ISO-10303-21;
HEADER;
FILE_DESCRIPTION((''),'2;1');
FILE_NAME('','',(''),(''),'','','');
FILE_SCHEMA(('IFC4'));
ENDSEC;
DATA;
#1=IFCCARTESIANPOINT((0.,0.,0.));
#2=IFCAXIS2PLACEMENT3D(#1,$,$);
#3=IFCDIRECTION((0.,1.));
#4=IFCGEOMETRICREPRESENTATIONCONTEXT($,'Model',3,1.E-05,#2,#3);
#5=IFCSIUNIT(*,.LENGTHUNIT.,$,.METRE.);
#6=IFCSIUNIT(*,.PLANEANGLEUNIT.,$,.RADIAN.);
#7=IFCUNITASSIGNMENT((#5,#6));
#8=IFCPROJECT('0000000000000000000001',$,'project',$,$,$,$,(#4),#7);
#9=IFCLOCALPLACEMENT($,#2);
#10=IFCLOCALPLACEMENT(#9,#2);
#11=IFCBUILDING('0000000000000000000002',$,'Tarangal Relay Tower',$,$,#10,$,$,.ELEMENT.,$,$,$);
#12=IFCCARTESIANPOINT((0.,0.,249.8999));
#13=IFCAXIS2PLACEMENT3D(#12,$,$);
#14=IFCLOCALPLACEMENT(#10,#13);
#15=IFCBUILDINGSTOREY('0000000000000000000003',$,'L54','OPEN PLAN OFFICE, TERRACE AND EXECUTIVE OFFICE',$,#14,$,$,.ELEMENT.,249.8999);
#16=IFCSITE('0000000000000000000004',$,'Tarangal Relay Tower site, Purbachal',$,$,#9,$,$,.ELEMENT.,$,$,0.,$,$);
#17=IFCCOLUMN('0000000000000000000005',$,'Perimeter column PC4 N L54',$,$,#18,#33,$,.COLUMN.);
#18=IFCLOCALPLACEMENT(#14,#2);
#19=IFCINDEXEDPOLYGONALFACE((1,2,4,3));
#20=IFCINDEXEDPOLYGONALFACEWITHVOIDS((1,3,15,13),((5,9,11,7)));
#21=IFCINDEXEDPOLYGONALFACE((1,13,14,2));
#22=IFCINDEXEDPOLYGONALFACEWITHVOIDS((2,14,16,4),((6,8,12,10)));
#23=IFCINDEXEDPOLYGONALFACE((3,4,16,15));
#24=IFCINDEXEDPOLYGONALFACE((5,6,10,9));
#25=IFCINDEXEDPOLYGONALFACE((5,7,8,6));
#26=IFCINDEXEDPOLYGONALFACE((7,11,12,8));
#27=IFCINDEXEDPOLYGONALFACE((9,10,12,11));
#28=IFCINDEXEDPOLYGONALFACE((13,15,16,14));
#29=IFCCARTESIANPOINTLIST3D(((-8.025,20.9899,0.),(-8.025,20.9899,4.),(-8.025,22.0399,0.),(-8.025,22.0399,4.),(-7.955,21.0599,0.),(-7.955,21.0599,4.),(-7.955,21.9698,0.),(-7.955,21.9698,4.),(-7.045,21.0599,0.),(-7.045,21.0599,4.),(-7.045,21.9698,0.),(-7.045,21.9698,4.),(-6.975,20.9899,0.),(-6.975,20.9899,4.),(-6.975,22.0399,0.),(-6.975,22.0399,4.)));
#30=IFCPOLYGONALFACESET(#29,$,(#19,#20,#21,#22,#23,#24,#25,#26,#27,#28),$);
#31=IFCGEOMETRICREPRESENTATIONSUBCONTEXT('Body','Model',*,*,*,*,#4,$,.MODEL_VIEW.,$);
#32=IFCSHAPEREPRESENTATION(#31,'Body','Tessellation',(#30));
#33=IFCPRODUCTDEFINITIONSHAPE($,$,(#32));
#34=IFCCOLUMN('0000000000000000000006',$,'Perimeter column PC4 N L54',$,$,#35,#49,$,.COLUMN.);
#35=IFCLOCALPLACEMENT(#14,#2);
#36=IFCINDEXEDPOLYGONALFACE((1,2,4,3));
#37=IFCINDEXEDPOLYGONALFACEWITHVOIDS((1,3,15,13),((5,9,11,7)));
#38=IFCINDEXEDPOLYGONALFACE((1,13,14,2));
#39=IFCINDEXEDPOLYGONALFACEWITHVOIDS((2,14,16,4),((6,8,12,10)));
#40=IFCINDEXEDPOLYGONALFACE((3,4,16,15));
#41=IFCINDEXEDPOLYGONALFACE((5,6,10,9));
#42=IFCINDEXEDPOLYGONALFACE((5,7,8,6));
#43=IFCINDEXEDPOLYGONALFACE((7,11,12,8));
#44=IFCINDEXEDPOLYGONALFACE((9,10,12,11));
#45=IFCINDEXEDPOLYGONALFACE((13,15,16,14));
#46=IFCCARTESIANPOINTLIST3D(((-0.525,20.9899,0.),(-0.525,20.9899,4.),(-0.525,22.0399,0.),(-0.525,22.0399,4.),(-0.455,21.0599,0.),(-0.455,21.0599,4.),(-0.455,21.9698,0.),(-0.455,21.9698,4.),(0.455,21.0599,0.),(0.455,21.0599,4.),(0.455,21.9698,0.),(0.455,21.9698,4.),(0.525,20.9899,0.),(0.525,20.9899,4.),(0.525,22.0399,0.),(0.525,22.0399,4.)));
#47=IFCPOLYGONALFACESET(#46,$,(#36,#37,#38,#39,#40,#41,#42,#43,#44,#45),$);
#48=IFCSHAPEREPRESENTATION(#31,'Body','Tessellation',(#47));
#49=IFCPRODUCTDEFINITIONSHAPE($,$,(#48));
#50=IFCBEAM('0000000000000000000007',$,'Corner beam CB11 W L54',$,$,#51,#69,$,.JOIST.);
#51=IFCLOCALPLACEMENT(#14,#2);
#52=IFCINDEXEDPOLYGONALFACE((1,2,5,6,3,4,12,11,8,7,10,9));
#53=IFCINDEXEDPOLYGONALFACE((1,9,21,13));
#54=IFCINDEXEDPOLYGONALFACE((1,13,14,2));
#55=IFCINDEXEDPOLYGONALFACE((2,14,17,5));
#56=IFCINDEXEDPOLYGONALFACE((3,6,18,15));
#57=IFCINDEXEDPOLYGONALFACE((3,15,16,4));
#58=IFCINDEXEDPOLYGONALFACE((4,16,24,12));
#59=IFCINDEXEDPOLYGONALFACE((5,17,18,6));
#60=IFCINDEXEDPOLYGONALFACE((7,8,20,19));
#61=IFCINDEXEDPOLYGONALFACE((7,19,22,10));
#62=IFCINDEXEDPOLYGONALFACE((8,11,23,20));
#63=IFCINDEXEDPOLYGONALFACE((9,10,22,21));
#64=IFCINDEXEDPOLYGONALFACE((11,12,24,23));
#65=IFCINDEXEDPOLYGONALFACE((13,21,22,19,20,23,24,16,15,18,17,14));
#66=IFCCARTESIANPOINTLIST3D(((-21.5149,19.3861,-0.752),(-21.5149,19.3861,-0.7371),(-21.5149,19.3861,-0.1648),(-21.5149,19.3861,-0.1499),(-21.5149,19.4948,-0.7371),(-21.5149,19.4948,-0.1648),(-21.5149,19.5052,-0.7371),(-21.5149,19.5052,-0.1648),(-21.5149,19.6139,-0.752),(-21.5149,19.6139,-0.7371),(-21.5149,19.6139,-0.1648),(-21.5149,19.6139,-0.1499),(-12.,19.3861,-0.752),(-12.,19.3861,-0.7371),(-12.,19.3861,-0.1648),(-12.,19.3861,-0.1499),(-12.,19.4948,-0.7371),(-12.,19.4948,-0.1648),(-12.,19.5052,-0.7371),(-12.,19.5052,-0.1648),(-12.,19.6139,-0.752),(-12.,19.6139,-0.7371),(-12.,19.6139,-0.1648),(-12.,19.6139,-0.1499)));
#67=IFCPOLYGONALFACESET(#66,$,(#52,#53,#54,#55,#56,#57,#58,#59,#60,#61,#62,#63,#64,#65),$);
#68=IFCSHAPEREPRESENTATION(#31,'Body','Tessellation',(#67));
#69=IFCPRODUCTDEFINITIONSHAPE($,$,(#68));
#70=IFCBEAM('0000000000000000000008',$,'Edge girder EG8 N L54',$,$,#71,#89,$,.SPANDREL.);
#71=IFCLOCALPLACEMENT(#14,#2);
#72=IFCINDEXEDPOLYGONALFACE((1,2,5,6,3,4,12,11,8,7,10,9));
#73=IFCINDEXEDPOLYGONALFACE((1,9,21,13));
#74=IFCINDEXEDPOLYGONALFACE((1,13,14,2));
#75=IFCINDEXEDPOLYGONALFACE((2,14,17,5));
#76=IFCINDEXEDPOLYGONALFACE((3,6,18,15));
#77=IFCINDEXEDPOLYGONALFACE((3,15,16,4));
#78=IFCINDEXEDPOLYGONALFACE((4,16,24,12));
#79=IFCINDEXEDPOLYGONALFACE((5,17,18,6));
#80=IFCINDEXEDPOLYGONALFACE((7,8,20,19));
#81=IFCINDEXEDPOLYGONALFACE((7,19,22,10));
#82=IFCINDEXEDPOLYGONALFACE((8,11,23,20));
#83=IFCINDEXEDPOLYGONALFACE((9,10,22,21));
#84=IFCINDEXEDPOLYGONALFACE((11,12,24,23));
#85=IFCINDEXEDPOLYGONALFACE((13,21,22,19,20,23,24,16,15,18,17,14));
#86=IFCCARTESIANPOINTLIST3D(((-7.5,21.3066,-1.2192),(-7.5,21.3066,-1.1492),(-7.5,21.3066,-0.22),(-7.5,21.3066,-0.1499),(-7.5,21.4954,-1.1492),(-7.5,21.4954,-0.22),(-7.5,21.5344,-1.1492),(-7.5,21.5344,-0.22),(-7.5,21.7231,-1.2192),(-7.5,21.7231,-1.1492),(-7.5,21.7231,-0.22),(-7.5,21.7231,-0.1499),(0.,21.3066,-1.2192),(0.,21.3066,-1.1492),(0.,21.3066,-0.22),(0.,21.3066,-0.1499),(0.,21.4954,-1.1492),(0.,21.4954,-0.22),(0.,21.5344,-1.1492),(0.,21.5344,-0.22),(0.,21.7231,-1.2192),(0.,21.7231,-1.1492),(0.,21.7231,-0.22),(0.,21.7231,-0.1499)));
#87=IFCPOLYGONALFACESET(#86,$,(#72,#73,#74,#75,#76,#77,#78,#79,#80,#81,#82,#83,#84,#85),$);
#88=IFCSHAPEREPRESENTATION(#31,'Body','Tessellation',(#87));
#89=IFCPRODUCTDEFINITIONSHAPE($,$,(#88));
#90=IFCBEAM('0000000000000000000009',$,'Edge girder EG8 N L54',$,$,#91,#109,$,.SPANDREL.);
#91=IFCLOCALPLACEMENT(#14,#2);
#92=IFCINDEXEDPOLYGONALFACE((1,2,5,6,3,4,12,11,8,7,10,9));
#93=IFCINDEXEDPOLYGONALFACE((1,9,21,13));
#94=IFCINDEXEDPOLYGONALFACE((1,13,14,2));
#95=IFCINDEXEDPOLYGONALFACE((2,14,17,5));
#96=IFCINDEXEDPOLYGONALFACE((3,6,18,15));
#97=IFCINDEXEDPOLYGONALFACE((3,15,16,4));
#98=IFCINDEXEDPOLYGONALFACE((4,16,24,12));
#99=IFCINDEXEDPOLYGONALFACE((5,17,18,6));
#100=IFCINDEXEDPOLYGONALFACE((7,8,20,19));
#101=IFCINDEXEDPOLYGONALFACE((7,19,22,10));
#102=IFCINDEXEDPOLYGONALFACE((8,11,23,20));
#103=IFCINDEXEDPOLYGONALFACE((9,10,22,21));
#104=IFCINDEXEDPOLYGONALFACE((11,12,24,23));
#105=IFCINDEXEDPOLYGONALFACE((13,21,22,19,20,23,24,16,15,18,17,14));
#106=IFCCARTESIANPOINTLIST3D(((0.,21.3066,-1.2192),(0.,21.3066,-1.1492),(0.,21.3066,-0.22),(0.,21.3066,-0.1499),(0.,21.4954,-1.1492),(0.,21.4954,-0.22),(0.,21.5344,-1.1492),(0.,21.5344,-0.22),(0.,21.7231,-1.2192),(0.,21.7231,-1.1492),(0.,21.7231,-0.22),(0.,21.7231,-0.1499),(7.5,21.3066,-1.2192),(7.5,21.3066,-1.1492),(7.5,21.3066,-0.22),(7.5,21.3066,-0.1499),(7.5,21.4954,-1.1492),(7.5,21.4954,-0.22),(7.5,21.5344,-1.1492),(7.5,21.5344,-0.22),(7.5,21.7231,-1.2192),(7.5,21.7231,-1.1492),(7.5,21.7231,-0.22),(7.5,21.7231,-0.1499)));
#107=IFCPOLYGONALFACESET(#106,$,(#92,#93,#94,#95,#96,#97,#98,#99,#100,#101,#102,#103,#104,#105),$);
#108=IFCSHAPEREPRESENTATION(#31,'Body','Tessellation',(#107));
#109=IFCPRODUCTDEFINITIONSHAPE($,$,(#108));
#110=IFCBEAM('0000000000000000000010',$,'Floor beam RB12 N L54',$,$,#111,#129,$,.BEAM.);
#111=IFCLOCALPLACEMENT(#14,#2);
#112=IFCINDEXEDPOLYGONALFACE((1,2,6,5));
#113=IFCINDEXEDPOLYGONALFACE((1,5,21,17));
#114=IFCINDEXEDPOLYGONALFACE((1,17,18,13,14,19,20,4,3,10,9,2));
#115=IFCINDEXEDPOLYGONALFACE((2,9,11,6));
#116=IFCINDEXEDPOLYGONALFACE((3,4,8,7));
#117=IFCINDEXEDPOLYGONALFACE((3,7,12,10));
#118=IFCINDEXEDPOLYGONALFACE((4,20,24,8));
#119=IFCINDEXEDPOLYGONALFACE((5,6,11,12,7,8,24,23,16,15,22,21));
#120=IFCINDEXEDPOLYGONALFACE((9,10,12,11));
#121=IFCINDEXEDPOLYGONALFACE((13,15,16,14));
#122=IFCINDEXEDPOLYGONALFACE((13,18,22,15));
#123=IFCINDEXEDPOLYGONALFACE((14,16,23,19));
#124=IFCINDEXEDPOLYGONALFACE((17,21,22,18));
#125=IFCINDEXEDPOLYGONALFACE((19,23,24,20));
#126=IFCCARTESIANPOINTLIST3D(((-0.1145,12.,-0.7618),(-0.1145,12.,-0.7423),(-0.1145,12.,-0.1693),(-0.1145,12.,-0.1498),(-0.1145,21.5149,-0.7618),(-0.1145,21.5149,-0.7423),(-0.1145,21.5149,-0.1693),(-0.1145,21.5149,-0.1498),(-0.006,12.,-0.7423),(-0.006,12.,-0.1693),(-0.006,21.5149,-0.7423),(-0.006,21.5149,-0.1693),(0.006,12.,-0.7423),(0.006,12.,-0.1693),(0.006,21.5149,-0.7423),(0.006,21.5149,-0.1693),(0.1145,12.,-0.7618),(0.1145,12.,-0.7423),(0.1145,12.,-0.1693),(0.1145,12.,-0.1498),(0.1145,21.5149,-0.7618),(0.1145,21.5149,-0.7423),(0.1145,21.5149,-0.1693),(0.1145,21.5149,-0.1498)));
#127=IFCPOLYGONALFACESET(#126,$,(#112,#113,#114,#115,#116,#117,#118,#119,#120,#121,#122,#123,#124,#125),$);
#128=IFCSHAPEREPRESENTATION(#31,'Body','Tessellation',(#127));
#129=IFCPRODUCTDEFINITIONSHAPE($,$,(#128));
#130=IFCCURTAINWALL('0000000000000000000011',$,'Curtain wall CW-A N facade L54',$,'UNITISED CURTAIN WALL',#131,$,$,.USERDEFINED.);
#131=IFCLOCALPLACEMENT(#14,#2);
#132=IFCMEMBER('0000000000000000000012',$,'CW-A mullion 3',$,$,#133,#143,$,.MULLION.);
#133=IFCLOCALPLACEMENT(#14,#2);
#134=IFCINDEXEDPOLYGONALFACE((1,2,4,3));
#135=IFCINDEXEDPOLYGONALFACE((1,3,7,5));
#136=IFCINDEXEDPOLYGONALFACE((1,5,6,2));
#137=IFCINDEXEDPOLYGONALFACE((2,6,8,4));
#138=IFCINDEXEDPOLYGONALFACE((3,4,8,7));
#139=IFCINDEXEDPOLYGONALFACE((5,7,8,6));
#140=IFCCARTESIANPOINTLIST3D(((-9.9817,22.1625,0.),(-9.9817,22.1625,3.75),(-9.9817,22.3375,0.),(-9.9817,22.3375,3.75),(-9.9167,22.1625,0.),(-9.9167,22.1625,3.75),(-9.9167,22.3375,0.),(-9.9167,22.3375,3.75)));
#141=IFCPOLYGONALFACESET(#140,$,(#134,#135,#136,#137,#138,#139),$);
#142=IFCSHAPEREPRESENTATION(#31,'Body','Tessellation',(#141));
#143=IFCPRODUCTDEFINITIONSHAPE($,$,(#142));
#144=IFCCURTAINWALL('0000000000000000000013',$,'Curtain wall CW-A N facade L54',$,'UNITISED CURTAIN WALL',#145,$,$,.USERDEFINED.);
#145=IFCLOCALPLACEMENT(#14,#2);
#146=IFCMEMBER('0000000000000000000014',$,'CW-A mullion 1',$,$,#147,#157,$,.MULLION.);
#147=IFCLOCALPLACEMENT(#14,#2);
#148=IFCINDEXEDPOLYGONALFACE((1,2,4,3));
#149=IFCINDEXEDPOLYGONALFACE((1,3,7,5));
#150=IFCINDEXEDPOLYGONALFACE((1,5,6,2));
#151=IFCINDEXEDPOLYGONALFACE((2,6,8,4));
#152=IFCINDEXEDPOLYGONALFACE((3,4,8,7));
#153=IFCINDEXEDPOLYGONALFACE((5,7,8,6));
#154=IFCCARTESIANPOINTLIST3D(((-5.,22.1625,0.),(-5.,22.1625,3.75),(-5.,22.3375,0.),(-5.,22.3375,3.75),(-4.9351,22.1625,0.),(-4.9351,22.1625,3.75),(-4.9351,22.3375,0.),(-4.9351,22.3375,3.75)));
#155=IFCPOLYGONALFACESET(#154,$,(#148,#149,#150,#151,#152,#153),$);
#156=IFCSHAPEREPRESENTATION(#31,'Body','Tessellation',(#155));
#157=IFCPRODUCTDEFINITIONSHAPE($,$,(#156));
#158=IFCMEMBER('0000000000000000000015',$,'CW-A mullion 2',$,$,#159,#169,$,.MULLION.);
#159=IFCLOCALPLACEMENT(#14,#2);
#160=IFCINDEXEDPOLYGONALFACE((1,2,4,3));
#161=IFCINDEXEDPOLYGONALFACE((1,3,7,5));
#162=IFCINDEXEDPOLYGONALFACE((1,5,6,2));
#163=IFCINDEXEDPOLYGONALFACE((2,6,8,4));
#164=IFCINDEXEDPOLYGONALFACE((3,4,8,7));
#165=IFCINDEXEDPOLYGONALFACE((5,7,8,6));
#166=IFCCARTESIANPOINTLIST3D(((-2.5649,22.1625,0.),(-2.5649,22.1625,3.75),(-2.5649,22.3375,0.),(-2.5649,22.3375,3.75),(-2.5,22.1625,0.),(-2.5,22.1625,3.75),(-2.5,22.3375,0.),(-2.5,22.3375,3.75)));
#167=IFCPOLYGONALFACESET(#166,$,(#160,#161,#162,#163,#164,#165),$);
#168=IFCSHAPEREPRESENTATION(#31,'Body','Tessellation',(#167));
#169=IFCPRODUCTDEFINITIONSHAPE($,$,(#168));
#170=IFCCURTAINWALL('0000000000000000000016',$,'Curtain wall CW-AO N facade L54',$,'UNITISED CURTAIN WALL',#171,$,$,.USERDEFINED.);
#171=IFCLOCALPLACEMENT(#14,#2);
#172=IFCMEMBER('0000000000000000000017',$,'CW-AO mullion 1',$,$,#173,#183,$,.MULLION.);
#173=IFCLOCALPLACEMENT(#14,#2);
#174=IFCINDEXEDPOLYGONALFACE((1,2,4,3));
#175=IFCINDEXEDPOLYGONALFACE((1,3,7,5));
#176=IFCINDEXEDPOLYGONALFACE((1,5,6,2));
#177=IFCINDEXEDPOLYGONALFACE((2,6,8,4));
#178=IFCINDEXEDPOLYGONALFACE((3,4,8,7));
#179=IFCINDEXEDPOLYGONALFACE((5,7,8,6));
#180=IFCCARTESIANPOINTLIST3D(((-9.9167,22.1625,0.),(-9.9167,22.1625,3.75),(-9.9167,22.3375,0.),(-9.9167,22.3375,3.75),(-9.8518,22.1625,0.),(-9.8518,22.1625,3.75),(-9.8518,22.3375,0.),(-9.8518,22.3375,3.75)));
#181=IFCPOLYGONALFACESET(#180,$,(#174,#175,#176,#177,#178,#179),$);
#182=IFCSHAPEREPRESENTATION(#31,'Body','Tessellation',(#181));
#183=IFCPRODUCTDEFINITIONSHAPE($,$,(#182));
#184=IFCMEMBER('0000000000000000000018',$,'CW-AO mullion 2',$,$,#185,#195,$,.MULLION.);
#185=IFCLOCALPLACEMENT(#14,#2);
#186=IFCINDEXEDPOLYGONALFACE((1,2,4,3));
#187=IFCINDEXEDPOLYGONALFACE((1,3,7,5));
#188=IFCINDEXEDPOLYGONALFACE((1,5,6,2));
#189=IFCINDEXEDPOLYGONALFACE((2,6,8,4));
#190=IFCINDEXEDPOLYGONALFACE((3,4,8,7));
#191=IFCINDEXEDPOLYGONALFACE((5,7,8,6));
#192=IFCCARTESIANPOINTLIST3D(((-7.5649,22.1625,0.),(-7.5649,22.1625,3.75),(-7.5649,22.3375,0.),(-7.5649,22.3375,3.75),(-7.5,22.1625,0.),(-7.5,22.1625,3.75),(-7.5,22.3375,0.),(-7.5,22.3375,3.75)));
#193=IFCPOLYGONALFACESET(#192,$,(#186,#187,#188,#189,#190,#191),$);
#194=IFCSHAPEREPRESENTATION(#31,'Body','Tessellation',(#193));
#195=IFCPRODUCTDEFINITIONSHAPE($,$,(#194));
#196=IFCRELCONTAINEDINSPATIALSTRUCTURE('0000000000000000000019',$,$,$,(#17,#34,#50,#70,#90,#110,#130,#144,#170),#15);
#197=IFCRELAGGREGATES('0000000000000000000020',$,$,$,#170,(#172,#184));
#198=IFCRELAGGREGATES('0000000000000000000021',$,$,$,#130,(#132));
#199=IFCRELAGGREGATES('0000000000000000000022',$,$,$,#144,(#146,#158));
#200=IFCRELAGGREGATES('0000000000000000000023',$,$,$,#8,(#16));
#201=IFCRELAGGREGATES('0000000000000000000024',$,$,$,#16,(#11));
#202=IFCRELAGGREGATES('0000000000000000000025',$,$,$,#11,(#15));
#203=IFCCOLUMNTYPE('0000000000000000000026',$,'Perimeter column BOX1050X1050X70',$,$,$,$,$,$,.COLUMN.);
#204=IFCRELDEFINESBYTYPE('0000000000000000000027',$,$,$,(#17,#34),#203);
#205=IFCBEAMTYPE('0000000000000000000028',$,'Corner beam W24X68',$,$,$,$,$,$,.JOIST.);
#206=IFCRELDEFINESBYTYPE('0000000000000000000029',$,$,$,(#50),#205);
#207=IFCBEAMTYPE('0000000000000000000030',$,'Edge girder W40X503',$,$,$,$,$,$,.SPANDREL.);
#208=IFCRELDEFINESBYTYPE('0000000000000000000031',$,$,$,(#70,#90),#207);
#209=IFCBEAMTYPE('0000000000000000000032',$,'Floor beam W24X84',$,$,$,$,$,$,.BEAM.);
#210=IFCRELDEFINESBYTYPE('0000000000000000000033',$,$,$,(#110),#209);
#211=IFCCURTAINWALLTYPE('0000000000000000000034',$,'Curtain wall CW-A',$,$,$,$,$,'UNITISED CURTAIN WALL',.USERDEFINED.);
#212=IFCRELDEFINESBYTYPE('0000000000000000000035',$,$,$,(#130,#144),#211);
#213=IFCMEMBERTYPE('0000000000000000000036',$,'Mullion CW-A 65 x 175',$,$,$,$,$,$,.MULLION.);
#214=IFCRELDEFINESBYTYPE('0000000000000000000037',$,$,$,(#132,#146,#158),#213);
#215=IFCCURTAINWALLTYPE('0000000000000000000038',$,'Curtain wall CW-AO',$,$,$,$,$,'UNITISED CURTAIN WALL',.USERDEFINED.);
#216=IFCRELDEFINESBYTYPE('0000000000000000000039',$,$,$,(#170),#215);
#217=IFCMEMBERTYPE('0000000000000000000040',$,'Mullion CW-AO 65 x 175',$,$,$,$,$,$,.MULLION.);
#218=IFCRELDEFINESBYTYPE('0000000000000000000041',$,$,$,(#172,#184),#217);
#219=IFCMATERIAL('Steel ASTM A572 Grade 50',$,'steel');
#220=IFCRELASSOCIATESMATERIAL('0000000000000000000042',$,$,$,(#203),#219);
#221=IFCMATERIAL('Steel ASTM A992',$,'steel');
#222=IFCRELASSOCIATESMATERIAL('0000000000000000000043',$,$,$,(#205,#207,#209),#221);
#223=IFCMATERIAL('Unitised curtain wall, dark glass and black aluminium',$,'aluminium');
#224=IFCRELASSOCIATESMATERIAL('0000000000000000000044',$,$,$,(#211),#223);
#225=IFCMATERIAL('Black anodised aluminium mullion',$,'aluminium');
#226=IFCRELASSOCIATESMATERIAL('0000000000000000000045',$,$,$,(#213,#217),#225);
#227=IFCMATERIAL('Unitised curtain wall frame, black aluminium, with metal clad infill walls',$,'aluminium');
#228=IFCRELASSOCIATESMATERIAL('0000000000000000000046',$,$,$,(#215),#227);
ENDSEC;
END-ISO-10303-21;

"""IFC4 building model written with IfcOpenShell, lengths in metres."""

from ifc_helpers import new_model, si_unit, direction, frame, origin, origin_2d, place, context, subcontext, project, spatial, rectangle, hollow_rectangle, i_section, extrude, material, material_profile, profile_set, type_object, element, aggregate, save


model = new_model("IFC4")

# Units and contexts
model_context = context("Model", 3, precision=1e-05, world=origin(), true_north=direction((0.0, 1.0)))
body_context = subcontext(model_context, "Body", "Model", "MODEL_VIEW")
ifc_project = project(units=[si_unit("LENGTHUNIT", "METRE"), si_unit("PLANEANGLEUNIT", "RADIAN")], contexts=[model_context])

# Site, building, storey
site_placement = place(None, origin())
site = spatial("IfcSite", under=ifc_project, at=site_placement, Name="Tarangal Relay Tower site, Purbachal", CompositionType="ELEMENT", RefElevation=0.0)
building_placement = place(site_placement, origin())
building = spatial("IfcBuilding", under=site, at=building_placement, Name="Tarangal Relay Tower", CompositionType="ELEMENT")
storey_placement = place(building_placement, frame((0.0, 0.0, 249.8999)))
storey = spatial("IfcBuildingStorey", under=building, at=storey_placement, Name="L54", Description="OPEN PLAN OFFICE, TERRACE AND EXECUTIVE OFFICE", CompositionType="ELEMENT", Elevation=249.8999)

# Columns
ifc_material_1 = material(Name="Steel ASTM A572 Grade 50", Category="steel")
ifc_material_profile_1 = material_profile(ifc_material_1, hollow_rectangle(XDim=1.05, YDim=1.05, WallThickness=0.0701, at=origin_2d()), Name="BOX1050X1050X70")
ifc_profile_set_1 = profile_set([ifc_material_profile_1], Name="Steel ASTM A572 Grade 50")
column_type = type_object("IfcColumnType", Name="Perimeter column BOX1050X1050X70", PredefinedType="COLUMN", material=ifc_profile_set_1)
for number, where, z_axis, x_axis, name in (
    (1, (-7.5, 21.5149, 0.0), (0.0, 0.0, 1.0), (1.0, 0.0, 0.0), "Perimeter column PC4 N L54"),
    (2, (0.0, 21.5149, 0.0), (0.0, 0.0, 1.0), (1.0, 0.0, 0.0), "Perimeter column PC4 N L54"),
):
    element("IfcColumn", number, at=place(storey_placement, frame(where, z_axis=z_axis, x_axis=x_axis)), inside=storey, type_object=column_type, Name=name, PredefinedType="COLUMN", context=body_context, shape_type="SweptSolid", body=[
        extrude(hollow_rectangle(XDim=1.05, YDim=1.05, WallThickness=0.0701, at=origin_2d()), origin(), (0.0, 0.0, 1.0), 4.0),
    ])

# Beams
ifc_material_2 = material(Name="Steel ASTM A992", Category="steel")
ifc_material_profile_2 = material_profile(ifc_material_2, i_section(OverallWidth=0.2278, OverallDepth=0.6021, WebThickness=0.0105, FlangeThickness=0.0149, at=origin_2d()), Name="W24X68")
ifc_profile_set_2 = profile_set([ifc_material_profile_2], Name="Steel ASTM A992")
beam_type_1 = type_object("IfcBeamType", Name="Corner beam W24X68", PredefinedType="JOIST", material=ifc_profile_set_2)
beam_1_placement = place(storey_placement, frame((-12.0, 19.5, -0.4509), z_axis=(-1.0, 0.0, 0.0), x_axis=(0.0, -1.0, 0.0)))
element("IfcBeam", 3, at=beam_1_placement, inside=storey, type_object=beam_type_1, Name="Corner beam CB11 W L54", PredefinedType="JOIST", context=body_context, shape_type="SweptSolid", body=[
    extrude(i_section(OverallWidth=0.2278, OverallDepth=0.6021, WebThickness=0.0105, FlangeThickness=0.0149, at=origin_2d()), origin(), (0.0, 0.0, 1.0), 9.5149),
])
ifc_material_profile_3 = material_profile(ifc_material_2, i_section(OverallWidth=0.4165, OverallDepth=1.0693, WebThickness=0.0391, FlangeThickness=0.0701, at=origin_2d()), Name="W40X503")
ifc_profile_set_3 = profile_set([ifc_material_profile_3], Name="Steel ASTM A992")
beam_type_2 = type_object("IfcBeamType", Name="Edge girder W40X503", PredefinedType="SPANDREL", material=ifc_profile_set_3)
for number, where, z_axis, x_axis, name in (
    (4, (-7.5, 21.5149, -0.6846), (1.0, 0.0, 0.0), (0.0, 1.0, 0.0), "Edge girder EG8 N L54"),
    (5, (0.0, 21.5149, -0.6846), (1.0, 0.0, 0.0), (0.0, 1.0, 0.0), "Edge girder EG8 N L54"),
):
    element("IfcBeam", number, at=place(storey_placement, frame(where, z_axis=z_axis, x_axis=x_axis)), inside=storey, type_object=beam_type_2, Name=name, PredefinedType="SPANDREL", context=body_context, shape_type="SweptSolid", body=[
        extrude(i_section(OverallWidth=0.4165, OverallDepth=1.0693, WebThickness=0.0391, FlangeThickness=0.0701, at=origin_2d()), origin(), (0.0, 0.0, 1.0), 7.5),
    ])
ifc_material_profile_4 = material_profile(ifc_material_2, i_section(OverallWidth=0.229, OverallDepth=0.6121, WebThickness=0.012, FlangeThickness=0.0195, at=origin_2d()), Name="W24X84")
ifc_profile_set_4 = profile_set([ifc_material_profile_4], Name="Steel ASTM A992")
beam_type_3 = type_object("IfcBeamType", Name="Floor beam W24X84", PredefinedType="BEAM", material=ifc_profile_set_4)
beam_2_placement = place(storey_placement, frame((0.0, 12.0, -0.4558), z_axis=(0.0, 1.0, 0.0), x_axis=(-1.0, 0.0, 0.0)))
element("IfcBeam", 6, at=beam_2_placement, inside=storey, type_object=beam_type_3, Name="Floor beam RB12 N L54", PredefinedType="BEAM", context=body_context, shape_type="SweptSolid", body=[
    extrude(i_section(OverallWidth=0.229, OverallDepth=0.6121, WebThickness=0.012, FlangeThickness=0.0195, at=origin_2d()), origin(), (0.0, 0.0, 1.0), 9.5149),
])

# Curtain wall, member
ifc_material_3 = material(Name="Unitised curtain wall, dark glass and black aluminium", Category="aluminium")
curtain_wall_type_1 = type_object("IfcCurtainWallType", Name="Curtain wall CW-A", ElementType="UNITISED CURTAIN WALL", PredefinedType="USERDEFINED", material=ifc_material_3)
curtain_wall_1_placement = place(storey_placement, origin())
curtain_wall_1 = element("IfcCurtainWall", 7, at=curtain_wall_1_placement, inside=storey, type_object=curtain_wall_type_1, Name="Curtain wall CW-A N facade L54", ObjectType="UNITISED CURTAIN WALL", PredefinedType="USERDEFINED")
ifc_material_4 = material(Name="Black anodised aluminium mullion", Category="aluminium")
ifc_material_profile_5 = material_profile(ifc_material_4, rectangle(XDim=0.175, YDim=0.0649, at=origin_2d()), Name="CW-AM 65X175")
ifc_profile_set_5 = profile_set([ifc_material_profile_5], Name="Black anodised aluminium mullion")
member_type_1 = type_object("IfcMemberType", Name="Mullion CW-A 65 x 175", PredefinedType="MULLION", material=ifc_profile_set_5)
member_1_placement = place(storey_placement, frame((-9.9492, 22.25, 0.0), z_axis=(0.0, 0.0, 1.0), x_axis=(0.0, 1.0, 0.0)))
member_1 = element("IfcMember", 8, at=member_1_placement, type_object=member_type_1, Name="CW-A mullion 3", PredefinedType="MULLION", context=body_context, shape_type="SweptSolid", body=[
    extrude(rectangle(XDim=0.175, YDim=0.0649, at=origin_2d()), origin(), (0.0, 0.0, 1.0), 3.75),
])

# Curtain walls, members
curtain_wall_2_placement = place(storey_placement, origin())
curtain_wall_2 = element("IfcCurtainWall", 9, at=curtain_wall_2_placement, inside=storey, type_object=curtain_wall_type_1, Name="Curtain wall CW-A N facade L54", ObjectType="UNITISED CURTAIN WALL", PredefinedType="USERDEFINED")
member_2_placement = place(storey_placement, frame((-4.9675, 22.25, 0.0), z_axis=(0.0, 0.0, 1.0), x_axis=(0.0, 1.0, 0.0)))
member_2 = element("IfcMember", 10, at=member_2_placement, type_object=member_type_1, Name="CW-A mullion 1", PredefinedType="MULLION", context=body_context, shape_type="SweptSolid", body=[
    extrude(rectangle(XDim=0.175, YDim=0.0649, at=origin_2d()), origin(), (0.0, 0.0, 1.0), 3.75),
])
member_3_placement = place(storey_placement, frame((-2.5325, 22.25, 0.0), z_axis=(0.0, 0.0, 1.0), x_axis=(0.0, 1.0, 0.0)))
member_3 = element("IfcMember", 11, at=member_3_placement, type_object=member_type_1, Name="CW-A mullion 2", PredefinedType="MULLION", context=body_context, shape_type="SweptSolid", body=[
    extrude(rectangle(XDim=0.175, YDim=0.0649, at=origin_2d()), origin(), (0.0, 0.0, 1.0), 3.75),
])
ifc_material_5 = material(Name="Unitised curtain wall frame, black aluminium, with metal clad infill walls", Category="aluminium")
curtain_wall_type_2 = type_object("IfcCurtainWallType", Name="Curtain wall CW-AO", ElementType="UNITISED CURTAIN WALL", PredefinedType="USERDEFINED", material=ifc_material_5)
curtain_wall_3_placement = place(storey_placement, origin())
curtain_wall_3 = element("IfcCurtainWall", 12, at=curtain_wall_3_placement, inside=storey, type_object=curtain_wall_type_2, Name="Curtain wall CW-AO N facade L54", ObjectType="UNITISED CURTAIN WALL", PredefinedType="USERDEFINED")
ifc_material_profile_6 = material_profile(ifc_material_4, rectangle(XDim=0.175, YDim=0.0649, at=origin_2d()), Name="CW-AOM 65X175")
ifc_profile_set_6 = profile_set([ifc_material_profile_6], Name="Black anodised aluminium mullion")
member_type_2 = type_object("IfcMemberType", Name="Mullion CW-AO 65 x 175", PredefinedType="MULLION", material=ifc_profile_set_6)
member_4_placement = place(storey_placement, frame((-9.8843, 22.25, 0.0), z_axis=(0.0, 0.0, 1.0), x_axis=(0.0, 1.0, 0.0)))
member_4 = element("IfcMember", 13, at=member_4_placement, type_object=member_type_2, Name="CW-AO mullion 1", PredefinedType="MULLION", context=body_context, shape_type="SweptSolid", body=[
    extrude(rectangle(XDim=0.175, YDim=0.0649, at=origin_2d()), origin(), (0.0, 0.0, 1.0), 3.75),
])
member_5_placement = place(storey_placement, frame((-7.5325, 22.25, 0.0), z_axis=(0.0, 0.0, 1.0), x_axis=(0.0, 1.0, 0.0)))
member_5 = element("IfcMember", 14, at=member_5_placement, type_object=member_type_2, Name="CW-AO mullion 2", PredefinedType="MULLION", context=body_context, shape_type="SweptSolid", body=[
    extrude(rectangle(XDim=0.175, YDim=0.0649, at=origin_2d()), origin(), (0.0, 0.0, 1.0), 3.75),
])

aggregate(curtain_wall_3, [member_4, member_5])

aggregate(curtain_wall_1, [member_1])
aggregate(curtain_wall_2, [member_2, member_3])

save(model, "model.ifc")
